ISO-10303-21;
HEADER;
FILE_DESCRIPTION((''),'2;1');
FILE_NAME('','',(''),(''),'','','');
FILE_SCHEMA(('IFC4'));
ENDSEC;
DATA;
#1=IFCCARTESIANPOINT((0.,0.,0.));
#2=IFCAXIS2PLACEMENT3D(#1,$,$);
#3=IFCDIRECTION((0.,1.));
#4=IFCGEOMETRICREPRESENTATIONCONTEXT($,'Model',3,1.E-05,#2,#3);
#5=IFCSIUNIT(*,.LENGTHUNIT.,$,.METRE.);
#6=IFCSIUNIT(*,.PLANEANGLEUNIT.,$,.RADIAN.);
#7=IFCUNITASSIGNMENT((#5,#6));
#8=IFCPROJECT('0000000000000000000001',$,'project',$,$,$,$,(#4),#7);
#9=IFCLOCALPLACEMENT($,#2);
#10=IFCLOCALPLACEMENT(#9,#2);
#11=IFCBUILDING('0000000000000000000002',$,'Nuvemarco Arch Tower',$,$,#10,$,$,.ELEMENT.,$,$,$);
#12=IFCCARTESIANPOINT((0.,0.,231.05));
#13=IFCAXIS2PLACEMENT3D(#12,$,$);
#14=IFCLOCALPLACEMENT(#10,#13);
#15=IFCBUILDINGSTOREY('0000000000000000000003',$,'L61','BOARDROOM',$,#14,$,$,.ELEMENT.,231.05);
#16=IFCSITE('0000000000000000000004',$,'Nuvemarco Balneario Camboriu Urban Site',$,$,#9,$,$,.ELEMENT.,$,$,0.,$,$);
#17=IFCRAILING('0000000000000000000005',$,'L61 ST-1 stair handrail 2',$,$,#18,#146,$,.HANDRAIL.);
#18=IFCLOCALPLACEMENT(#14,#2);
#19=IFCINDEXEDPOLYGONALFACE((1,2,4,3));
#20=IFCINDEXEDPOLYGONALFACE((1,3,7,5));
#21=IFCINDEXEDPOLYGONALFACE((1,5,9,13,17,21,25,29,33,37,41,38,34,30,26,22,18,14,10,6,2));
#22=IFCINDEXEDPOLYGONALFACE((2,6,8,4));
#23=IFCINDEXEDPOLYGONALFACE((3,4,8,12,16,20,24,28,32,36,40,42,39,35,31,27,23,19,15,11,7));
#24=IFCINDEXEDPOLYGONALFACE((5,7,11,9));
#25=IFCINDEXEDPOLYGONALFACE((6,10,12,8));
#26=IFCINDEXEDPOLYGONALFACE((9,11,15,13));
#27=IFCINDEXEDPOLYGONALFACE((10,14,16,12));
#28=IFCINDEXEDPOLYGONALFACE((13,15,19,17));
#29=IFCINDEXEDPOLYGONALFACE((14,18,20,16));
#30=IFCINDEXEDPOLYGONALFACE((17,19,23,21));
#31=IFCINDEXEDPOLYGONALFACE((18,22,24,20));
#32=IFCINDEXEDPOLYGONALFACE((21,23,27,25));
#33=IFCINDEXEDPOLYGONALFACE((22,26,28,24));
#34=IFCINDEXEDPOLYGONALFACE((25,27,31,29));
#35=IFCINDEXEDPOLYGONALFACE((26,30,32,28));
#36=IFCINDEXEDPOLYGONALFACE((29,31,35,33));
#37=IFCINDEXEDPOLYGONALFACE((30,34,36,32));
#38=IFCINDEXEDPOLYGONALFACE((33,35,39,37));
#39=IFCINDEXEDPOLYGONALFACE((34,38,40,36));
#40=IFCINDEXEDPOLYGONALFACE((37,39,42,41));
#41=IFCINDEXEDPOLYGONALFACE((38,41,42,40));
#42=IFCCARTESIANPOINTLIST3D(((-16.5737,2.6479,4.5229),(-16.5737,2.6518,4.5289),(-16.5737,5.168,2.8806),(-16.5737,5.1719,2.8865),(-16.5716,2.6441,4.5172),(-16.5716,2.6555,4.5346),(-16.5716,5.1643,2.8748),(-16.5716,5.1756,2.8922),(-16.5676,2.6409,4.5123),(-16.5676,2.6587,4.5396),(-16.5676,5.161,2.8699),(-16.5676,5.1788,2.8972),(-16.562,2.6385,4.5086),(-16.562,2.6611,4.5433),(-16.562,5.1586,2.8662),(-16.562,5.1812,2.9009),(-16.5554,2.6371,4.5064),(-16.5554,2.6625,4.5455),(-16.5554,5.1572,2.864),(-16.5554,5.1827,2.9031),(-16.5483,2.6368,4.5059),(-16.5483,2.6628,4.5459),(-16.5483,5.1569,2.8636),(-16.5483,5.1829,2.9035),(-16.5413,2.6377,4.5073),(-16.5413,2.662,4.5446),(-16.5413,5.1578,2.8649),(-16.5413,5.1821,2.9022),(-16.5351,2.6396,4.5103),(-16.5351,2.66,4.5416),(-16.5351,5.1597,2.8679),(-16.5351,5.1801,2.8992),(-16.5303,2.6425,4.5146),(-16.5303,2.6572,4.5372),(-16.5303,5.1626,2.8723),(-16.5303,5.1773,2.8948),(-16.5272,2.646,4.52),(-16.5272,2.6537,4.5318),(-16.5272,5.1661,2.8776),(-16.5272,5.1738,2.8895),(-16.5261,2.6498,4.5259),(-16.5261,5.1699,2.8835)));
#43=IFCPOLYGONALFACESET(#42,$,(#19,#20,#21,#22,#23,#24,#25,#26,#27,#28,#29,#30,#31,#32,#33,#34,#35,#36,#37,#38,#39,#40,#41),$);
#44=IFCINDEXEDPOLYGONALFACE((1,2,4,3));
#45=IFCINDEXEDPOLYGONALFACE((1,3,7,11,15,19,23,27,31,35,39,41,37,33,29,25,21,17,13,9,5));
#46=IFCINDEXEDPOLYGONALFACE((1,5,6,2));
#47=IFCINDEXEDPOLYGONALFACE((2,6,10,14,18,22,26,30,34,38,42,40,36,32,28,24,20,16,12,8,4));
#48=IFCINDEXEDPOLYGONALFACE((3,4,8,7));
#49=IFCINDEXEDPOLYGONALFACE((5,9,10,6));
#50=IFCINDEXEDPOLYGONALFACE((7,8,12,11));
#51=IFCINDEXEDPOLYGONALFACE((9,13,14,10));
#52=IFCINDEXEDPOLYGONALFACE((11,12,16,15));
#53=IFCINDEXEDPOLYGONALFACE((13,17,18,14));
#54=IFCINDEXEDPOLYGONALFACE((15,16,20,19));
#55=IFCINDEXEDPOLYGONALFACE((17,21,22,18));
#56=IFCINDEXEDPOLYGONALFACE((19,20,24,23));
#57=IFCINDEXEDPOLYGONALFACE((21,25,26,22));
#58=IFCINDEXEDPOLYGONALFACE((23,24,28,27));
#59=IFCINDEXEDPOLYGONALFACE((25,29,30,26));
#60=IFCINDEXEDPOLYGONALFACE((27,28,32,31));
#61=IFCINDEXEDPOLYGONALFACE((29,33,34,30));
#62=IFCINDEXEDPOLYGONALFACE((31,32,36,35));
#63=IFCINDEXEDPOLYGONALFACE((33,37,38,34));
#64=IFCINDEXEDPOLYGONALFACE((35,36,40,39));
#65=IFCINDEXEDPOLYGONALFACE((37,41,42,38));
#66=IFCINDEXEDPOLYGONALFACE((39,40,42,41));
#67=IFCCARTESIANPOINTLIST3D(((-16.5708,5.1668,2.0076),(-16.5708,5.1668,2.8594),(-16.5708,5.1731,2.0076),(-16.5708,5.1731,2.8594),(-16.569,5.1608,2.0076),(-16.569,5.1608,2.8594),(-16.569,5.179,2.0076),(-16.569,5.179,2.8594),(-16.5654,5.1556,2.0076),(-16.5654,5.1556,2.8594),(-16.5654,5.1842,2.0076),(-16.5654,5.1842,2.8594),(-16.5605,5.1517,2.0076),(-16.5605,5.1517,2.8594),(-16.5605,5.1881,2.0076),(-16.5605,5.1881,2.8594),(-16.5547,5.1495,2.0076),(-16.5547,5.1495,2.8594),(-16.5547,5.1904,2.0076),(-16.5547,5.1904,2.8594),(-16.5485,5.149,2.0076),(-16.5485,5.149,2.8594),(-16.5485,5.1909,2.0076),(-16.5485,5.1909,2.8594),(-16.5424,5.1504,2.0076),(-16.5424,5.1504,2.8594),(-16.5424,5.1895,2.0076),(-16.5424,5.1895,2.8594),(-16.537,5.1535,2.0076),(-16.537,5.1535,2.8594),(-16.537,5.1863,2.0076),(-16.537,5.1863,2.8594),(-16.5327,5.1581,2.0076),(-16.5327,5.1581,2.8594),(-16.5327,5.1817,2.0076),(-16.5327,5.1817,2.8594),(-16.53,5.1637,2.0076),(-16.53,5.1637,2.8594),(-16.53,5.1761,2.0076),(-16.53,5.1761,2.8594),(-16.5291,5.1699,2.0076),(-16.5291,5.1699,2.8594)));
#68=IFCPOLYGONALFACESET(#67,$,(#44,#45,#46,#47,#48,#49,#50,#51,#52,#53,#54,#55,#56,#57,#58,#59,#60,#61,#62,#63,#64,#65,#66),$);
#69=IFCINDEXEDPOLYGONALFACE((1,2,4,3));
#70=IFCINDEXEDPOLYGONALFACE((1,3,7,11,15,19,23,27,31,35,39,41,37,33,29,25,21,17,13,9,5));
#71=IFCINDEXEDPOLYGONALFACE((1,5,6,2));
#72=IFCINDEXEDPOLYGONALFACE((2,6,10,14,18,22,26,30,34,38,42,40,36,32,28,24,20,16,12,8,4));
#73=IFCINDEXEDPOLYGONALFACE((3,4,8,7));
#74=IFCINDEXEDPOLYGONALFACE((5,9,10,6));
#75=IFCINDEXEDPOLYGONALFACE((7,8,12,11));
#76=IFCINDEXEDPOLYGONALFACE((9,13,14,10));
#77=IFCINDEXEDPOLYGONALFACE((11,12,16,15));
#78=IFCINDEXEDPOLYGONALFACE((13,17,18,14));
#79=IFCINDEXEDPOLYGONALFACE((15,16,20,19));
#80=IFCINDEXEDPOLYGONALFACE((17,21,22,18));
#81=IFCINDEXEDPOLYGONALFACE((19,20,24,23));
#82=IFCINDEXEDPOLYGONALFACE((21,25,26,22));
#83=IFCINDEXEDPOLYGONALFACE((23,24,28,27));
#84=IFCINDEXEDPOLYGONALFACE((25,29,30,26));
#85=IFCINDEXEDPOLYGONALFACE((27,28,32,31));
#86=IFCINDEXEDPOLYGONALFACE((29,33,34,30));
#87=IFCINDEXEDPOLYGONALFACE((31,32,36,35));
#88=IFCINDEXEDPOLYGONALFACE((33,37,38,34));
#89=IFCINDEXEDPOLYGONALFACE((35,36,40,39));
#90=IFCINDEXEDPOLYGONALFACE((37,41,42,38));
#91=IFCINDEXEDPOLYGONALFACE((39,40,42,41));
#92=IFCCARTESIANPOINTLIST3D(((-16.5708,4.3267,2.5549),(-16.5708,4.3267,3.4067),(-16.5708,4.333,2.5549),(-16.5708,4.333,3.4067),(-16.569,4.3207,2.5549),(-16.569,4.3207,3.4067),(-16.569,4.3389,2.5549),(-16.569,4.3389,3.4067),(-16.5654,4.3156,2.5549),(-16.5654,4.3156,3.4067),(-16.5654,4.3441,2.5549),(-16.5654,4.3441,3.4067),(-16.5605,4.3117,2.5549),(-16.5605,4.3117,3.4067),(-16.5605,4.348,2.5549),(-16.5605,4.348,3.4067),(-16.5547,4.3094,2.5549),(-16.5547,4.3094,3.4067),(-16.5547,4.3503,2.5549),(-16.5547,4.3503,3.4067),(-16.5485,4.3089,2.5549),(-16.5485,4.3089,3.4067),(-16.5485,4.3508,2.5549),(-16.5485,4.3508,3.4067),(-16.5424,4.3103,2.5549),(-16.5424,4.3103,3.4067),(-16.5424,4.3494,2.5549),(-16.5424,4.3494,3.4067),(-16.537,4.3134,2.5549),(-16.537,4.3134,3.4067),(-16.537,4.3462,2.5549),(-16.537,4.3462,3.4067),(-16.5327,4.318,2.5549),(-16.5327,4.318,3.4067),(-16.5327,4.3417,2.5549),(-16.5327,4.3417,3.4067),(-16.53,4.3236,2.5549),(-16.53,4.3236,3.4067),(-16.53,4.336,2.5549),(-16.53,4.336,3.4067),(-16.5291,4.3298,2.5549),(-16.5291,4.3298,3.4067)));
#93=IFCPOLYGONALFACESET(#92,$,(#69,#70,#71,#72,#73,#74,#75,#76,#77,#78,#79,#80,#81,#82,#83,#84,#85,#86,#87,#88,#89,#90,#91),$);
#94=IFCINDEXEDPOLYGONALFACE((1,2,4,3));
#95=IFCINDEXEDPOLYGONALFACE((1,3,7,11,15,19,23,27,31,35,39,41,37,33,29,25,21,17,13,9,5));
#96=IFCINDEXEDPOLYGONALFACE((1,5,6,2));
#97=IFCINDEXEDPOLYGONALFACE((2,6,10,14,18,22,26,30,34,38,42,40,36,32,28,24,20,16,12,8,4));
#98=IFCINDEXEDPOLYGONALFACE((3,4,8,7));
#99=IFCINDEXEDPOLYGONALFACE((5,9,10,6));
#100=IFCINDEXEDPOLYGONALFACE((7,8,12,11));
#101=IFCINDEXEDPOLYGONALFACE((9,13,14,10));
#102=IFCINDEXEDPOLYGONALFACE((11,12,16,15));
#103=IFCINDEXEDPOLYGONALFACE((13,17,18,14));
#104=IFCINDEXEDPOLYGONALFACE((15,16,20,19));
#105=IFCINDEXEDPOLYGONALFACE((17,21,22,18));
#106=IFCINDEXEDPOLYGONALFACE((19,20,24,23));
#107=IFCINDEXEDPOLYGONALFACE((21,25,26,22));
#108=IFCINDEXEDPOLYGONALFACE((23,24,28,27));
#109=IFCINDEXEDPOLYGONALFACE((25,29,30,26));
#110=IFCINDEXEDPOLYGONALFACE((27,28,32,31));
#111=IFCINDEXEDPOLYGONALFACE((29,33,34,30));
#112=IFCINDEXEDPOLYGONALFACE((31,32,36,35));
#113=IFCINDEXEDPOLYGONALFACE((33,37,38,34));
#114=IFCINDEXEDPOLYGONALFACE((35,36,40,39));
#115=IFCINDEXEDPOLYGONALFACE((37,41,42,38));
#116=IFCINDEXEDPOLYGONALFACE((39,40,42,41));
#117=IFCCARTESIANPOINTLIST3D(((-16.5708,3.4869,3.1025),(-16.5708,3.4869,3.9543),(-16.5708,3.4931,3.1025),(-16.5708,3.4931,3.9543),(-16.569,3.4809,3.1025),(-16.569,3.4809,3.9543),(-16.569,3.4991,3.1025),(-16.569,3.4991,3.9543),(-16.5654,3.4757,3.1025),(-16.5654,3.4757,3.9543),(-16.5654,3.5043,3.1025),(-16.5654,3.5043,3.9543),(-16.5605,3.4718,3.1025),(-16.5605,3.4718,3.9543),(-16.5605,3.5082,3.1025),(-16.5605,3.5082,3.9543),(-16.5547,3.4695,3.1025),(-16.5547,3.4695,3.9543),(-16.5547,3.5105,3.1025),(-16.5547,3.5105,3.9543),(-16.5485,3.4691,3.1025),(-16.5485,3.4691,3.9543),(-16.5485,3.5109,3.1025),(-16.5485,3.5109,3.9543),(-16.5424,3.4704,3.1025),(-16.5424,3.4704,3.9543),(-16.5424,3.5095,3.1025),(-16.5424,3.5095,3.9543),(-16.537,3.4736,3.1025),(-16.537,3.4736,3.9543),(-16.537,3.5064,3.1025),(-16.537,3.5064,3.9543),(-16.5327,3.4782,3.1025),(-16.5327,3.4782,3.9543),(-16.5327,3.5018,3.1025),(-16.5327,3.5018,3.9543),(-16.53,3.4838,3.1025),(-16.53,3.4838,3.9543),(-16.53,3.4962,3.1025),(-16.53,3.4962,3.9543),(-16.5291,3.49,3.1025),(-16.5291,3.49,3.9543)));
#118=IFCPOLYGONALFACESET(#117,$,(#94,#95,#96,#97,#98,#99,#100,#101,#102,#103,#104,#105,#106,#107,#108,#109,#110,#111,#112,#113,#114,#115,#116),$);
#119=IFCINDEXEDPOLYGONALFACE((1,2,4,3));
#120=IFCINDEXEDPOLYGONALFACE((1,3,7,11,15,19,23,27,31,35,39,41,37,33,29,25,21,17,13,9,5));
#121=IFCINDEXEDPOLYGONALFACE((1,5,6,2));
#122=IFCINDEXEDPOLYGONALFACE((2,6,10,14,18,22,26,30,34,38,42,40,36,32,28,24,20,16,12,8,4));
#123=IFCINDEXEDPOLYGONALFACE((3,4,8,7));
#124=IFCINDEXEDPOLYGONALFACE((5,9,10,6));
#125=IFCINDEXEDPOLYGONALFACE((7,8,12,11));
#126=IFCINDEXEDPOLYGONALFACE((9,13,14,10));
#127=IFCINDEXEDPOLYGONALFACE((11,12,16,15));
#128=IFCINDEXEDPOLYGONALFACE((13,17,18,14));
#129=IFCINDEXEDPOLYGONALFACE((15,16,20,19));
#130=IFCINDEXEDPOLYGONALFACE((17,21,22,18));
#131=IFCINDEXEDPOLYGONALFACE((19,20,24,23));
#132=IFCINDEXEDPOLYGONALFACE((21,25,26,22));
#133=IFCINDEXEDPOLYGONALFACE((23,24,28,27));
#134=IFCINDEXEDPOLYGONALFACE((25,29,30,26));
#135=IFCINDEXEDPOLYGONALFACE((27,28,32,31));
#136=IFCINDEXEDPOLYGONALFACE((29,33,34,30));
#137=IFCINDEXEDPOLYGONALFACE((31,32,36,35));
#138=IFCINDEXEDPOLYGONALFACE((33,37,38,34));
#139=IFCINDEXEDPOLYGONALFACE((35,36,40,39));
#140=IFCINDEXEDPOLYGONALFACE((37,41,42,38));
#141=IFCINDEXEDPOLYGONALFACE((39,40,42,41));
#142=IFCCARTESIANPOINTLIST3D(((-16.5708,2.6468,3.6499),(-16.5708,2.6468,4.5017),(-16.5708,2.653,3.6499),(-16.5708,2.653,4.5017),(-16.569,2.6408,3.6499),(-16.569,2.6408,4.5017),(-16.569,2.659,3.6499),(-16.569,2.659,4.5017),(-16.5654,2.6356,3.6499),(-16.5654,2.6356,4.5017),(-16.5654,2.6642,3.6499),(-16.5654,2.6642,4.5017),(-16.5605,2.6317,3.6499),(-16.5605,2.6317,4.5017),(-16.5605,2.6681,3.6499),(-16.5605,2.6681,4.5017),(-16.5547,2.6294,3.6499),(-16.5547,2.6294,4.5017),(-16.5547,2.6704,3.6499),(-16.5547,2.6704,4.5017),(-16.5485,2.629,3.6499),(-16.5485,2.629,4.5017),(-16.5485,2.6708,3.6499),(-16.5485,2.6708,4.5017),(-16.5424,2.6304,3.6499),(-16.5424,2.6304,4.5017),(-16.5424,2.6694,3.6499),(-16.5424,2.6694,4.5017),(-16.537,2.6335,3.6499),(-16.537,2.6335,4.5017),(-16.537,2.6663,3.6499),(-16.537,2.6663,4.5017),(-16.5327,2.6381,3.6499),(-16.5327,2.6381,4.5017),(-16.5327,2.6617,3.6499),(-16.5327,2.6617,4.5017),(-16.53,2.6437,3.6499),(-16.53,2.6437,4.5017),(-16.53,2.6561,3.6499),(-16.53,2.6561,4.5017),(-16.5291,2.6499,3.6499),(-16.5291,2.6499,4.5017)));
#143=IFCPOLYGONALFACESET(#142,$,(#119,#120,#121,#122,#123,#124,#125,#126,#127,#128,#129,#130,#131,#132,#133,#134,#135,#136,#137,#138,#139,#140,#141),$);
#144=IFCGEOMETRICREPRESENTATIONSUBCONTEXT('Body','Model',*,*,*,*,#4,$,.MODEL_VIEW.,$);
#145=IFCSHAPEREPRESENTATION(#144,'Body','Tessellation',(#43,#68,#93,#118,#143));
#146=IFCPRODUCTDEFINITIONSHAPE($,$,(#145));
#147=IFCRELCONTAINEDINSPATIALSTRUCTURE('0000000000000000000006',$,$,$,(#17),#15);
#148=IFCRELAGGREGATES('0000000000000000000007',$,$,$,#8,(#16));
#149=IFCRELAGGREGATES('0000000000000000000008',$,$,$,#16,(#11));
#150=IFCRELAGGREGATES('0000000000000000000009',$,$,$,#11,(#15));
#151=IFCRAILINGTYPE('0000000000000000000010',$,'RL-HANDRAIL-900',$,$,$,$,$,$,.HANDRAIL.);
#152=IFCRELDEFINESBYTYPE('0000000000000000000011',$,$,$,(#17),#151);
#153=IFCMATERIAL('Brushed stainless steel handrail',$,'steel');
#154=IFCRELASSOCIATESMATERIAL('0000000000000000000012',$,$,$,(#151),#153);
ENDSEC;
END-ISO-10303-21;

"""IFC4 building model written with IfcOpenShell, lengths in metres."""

from ifc_helpers import new_model, si_unit, direction, frame, origin, origin_2d, place, context, subcontext, project, spatial, circle, extrude, material, type_object, element, save


model = new_model("IFC4")

# Units and contexts
model_context = context("Model", 3, precision=1e-05, world=origin(), true_north=direction((0.0, 1.0)))
body_context = subcontext(model_context, "Body", "Model", "MODEL_VIEW")
ifc_project = project(units=[si_unit("LENGTHUNIT", "METRE"), si_unit("PLANEANGLEUNIT", "RADIAN")], contexts=[model_context])

# Site, building, storey
site_placement = place(None, origin())
site = spatial("IfcSite", under=ifc_project, at=site_placement, Name="Nuvemarco Balneario Camboriu Urban Site", CompositionType="ELEMENT", RefElevation=0.0)
building_placement = place(site_placement, origin())
building = spatial("IfcBuilding", under=site, at=building_placement, Name="Nuvemarco Arch Tower", CompositionType="ELEMENT")
storey_placement = place(building_placement, frame((0.0, 0.0, 231.05)))
storey = spatial("IfcBuildingStorey", under=building, at=storey_placement, Name="L61", Description="BOARDROOM", CompositionType="ELEMENT", Elevation=231.05)

# Railing
ifc_material_1 = material(Name="Brushed stainless steel handrail", Category="steel")
railing_type_1 = type_object("IfcRailingType", Name="RL-HANDRAIL-900", PredefinedType="HANDRAIL", material=ifc_material_1)
railing_1_placement = place(storey_placement, frame((-16.55, 5.1699, 2.0076)))
element("IfcRailing", 1, at=railing_1_placement, inside=storey, type_object=railing_type_1, Name="L61 ST-1 stair handrail 2", PredefinedType="HANDRAIL", context=body_context, shape_type="SweptSolid", body=[
    extrude(circle(Radius=0.0239, at=origin_2d()), frame((0.0, 0.0, 0.876), z_axis=(0.0, -0.837787, 0.545998), x_axis=(1.0, 0.0, 0.0)), (0.0, 0.0, 1.0), 3.0081),
    extrude(circle(Radius=0.021, at=origin_2d()), origin(), (0.0, 0.0, 1.0), 0.8518),
    extrude(circle(Radius=0.021, at=origin_2d()), frame((0.0, -0.8401, 0.5474)), (0.0, 0.0, 1.0), 0.8518),
    extrude(circle(Radius=0.021, at=origin_2d()), frame((0.0, -1.6799, 1.095)), (0.0, 0.0, 1.0), 0.8518),
    extrude(circle(Radius=0.021, at=origin_2d()), frame((0.0, -2.52, 1.6423)), (0.0, 0.0, 1.0), 0.8518),
])

save(model, "model.ifc")
